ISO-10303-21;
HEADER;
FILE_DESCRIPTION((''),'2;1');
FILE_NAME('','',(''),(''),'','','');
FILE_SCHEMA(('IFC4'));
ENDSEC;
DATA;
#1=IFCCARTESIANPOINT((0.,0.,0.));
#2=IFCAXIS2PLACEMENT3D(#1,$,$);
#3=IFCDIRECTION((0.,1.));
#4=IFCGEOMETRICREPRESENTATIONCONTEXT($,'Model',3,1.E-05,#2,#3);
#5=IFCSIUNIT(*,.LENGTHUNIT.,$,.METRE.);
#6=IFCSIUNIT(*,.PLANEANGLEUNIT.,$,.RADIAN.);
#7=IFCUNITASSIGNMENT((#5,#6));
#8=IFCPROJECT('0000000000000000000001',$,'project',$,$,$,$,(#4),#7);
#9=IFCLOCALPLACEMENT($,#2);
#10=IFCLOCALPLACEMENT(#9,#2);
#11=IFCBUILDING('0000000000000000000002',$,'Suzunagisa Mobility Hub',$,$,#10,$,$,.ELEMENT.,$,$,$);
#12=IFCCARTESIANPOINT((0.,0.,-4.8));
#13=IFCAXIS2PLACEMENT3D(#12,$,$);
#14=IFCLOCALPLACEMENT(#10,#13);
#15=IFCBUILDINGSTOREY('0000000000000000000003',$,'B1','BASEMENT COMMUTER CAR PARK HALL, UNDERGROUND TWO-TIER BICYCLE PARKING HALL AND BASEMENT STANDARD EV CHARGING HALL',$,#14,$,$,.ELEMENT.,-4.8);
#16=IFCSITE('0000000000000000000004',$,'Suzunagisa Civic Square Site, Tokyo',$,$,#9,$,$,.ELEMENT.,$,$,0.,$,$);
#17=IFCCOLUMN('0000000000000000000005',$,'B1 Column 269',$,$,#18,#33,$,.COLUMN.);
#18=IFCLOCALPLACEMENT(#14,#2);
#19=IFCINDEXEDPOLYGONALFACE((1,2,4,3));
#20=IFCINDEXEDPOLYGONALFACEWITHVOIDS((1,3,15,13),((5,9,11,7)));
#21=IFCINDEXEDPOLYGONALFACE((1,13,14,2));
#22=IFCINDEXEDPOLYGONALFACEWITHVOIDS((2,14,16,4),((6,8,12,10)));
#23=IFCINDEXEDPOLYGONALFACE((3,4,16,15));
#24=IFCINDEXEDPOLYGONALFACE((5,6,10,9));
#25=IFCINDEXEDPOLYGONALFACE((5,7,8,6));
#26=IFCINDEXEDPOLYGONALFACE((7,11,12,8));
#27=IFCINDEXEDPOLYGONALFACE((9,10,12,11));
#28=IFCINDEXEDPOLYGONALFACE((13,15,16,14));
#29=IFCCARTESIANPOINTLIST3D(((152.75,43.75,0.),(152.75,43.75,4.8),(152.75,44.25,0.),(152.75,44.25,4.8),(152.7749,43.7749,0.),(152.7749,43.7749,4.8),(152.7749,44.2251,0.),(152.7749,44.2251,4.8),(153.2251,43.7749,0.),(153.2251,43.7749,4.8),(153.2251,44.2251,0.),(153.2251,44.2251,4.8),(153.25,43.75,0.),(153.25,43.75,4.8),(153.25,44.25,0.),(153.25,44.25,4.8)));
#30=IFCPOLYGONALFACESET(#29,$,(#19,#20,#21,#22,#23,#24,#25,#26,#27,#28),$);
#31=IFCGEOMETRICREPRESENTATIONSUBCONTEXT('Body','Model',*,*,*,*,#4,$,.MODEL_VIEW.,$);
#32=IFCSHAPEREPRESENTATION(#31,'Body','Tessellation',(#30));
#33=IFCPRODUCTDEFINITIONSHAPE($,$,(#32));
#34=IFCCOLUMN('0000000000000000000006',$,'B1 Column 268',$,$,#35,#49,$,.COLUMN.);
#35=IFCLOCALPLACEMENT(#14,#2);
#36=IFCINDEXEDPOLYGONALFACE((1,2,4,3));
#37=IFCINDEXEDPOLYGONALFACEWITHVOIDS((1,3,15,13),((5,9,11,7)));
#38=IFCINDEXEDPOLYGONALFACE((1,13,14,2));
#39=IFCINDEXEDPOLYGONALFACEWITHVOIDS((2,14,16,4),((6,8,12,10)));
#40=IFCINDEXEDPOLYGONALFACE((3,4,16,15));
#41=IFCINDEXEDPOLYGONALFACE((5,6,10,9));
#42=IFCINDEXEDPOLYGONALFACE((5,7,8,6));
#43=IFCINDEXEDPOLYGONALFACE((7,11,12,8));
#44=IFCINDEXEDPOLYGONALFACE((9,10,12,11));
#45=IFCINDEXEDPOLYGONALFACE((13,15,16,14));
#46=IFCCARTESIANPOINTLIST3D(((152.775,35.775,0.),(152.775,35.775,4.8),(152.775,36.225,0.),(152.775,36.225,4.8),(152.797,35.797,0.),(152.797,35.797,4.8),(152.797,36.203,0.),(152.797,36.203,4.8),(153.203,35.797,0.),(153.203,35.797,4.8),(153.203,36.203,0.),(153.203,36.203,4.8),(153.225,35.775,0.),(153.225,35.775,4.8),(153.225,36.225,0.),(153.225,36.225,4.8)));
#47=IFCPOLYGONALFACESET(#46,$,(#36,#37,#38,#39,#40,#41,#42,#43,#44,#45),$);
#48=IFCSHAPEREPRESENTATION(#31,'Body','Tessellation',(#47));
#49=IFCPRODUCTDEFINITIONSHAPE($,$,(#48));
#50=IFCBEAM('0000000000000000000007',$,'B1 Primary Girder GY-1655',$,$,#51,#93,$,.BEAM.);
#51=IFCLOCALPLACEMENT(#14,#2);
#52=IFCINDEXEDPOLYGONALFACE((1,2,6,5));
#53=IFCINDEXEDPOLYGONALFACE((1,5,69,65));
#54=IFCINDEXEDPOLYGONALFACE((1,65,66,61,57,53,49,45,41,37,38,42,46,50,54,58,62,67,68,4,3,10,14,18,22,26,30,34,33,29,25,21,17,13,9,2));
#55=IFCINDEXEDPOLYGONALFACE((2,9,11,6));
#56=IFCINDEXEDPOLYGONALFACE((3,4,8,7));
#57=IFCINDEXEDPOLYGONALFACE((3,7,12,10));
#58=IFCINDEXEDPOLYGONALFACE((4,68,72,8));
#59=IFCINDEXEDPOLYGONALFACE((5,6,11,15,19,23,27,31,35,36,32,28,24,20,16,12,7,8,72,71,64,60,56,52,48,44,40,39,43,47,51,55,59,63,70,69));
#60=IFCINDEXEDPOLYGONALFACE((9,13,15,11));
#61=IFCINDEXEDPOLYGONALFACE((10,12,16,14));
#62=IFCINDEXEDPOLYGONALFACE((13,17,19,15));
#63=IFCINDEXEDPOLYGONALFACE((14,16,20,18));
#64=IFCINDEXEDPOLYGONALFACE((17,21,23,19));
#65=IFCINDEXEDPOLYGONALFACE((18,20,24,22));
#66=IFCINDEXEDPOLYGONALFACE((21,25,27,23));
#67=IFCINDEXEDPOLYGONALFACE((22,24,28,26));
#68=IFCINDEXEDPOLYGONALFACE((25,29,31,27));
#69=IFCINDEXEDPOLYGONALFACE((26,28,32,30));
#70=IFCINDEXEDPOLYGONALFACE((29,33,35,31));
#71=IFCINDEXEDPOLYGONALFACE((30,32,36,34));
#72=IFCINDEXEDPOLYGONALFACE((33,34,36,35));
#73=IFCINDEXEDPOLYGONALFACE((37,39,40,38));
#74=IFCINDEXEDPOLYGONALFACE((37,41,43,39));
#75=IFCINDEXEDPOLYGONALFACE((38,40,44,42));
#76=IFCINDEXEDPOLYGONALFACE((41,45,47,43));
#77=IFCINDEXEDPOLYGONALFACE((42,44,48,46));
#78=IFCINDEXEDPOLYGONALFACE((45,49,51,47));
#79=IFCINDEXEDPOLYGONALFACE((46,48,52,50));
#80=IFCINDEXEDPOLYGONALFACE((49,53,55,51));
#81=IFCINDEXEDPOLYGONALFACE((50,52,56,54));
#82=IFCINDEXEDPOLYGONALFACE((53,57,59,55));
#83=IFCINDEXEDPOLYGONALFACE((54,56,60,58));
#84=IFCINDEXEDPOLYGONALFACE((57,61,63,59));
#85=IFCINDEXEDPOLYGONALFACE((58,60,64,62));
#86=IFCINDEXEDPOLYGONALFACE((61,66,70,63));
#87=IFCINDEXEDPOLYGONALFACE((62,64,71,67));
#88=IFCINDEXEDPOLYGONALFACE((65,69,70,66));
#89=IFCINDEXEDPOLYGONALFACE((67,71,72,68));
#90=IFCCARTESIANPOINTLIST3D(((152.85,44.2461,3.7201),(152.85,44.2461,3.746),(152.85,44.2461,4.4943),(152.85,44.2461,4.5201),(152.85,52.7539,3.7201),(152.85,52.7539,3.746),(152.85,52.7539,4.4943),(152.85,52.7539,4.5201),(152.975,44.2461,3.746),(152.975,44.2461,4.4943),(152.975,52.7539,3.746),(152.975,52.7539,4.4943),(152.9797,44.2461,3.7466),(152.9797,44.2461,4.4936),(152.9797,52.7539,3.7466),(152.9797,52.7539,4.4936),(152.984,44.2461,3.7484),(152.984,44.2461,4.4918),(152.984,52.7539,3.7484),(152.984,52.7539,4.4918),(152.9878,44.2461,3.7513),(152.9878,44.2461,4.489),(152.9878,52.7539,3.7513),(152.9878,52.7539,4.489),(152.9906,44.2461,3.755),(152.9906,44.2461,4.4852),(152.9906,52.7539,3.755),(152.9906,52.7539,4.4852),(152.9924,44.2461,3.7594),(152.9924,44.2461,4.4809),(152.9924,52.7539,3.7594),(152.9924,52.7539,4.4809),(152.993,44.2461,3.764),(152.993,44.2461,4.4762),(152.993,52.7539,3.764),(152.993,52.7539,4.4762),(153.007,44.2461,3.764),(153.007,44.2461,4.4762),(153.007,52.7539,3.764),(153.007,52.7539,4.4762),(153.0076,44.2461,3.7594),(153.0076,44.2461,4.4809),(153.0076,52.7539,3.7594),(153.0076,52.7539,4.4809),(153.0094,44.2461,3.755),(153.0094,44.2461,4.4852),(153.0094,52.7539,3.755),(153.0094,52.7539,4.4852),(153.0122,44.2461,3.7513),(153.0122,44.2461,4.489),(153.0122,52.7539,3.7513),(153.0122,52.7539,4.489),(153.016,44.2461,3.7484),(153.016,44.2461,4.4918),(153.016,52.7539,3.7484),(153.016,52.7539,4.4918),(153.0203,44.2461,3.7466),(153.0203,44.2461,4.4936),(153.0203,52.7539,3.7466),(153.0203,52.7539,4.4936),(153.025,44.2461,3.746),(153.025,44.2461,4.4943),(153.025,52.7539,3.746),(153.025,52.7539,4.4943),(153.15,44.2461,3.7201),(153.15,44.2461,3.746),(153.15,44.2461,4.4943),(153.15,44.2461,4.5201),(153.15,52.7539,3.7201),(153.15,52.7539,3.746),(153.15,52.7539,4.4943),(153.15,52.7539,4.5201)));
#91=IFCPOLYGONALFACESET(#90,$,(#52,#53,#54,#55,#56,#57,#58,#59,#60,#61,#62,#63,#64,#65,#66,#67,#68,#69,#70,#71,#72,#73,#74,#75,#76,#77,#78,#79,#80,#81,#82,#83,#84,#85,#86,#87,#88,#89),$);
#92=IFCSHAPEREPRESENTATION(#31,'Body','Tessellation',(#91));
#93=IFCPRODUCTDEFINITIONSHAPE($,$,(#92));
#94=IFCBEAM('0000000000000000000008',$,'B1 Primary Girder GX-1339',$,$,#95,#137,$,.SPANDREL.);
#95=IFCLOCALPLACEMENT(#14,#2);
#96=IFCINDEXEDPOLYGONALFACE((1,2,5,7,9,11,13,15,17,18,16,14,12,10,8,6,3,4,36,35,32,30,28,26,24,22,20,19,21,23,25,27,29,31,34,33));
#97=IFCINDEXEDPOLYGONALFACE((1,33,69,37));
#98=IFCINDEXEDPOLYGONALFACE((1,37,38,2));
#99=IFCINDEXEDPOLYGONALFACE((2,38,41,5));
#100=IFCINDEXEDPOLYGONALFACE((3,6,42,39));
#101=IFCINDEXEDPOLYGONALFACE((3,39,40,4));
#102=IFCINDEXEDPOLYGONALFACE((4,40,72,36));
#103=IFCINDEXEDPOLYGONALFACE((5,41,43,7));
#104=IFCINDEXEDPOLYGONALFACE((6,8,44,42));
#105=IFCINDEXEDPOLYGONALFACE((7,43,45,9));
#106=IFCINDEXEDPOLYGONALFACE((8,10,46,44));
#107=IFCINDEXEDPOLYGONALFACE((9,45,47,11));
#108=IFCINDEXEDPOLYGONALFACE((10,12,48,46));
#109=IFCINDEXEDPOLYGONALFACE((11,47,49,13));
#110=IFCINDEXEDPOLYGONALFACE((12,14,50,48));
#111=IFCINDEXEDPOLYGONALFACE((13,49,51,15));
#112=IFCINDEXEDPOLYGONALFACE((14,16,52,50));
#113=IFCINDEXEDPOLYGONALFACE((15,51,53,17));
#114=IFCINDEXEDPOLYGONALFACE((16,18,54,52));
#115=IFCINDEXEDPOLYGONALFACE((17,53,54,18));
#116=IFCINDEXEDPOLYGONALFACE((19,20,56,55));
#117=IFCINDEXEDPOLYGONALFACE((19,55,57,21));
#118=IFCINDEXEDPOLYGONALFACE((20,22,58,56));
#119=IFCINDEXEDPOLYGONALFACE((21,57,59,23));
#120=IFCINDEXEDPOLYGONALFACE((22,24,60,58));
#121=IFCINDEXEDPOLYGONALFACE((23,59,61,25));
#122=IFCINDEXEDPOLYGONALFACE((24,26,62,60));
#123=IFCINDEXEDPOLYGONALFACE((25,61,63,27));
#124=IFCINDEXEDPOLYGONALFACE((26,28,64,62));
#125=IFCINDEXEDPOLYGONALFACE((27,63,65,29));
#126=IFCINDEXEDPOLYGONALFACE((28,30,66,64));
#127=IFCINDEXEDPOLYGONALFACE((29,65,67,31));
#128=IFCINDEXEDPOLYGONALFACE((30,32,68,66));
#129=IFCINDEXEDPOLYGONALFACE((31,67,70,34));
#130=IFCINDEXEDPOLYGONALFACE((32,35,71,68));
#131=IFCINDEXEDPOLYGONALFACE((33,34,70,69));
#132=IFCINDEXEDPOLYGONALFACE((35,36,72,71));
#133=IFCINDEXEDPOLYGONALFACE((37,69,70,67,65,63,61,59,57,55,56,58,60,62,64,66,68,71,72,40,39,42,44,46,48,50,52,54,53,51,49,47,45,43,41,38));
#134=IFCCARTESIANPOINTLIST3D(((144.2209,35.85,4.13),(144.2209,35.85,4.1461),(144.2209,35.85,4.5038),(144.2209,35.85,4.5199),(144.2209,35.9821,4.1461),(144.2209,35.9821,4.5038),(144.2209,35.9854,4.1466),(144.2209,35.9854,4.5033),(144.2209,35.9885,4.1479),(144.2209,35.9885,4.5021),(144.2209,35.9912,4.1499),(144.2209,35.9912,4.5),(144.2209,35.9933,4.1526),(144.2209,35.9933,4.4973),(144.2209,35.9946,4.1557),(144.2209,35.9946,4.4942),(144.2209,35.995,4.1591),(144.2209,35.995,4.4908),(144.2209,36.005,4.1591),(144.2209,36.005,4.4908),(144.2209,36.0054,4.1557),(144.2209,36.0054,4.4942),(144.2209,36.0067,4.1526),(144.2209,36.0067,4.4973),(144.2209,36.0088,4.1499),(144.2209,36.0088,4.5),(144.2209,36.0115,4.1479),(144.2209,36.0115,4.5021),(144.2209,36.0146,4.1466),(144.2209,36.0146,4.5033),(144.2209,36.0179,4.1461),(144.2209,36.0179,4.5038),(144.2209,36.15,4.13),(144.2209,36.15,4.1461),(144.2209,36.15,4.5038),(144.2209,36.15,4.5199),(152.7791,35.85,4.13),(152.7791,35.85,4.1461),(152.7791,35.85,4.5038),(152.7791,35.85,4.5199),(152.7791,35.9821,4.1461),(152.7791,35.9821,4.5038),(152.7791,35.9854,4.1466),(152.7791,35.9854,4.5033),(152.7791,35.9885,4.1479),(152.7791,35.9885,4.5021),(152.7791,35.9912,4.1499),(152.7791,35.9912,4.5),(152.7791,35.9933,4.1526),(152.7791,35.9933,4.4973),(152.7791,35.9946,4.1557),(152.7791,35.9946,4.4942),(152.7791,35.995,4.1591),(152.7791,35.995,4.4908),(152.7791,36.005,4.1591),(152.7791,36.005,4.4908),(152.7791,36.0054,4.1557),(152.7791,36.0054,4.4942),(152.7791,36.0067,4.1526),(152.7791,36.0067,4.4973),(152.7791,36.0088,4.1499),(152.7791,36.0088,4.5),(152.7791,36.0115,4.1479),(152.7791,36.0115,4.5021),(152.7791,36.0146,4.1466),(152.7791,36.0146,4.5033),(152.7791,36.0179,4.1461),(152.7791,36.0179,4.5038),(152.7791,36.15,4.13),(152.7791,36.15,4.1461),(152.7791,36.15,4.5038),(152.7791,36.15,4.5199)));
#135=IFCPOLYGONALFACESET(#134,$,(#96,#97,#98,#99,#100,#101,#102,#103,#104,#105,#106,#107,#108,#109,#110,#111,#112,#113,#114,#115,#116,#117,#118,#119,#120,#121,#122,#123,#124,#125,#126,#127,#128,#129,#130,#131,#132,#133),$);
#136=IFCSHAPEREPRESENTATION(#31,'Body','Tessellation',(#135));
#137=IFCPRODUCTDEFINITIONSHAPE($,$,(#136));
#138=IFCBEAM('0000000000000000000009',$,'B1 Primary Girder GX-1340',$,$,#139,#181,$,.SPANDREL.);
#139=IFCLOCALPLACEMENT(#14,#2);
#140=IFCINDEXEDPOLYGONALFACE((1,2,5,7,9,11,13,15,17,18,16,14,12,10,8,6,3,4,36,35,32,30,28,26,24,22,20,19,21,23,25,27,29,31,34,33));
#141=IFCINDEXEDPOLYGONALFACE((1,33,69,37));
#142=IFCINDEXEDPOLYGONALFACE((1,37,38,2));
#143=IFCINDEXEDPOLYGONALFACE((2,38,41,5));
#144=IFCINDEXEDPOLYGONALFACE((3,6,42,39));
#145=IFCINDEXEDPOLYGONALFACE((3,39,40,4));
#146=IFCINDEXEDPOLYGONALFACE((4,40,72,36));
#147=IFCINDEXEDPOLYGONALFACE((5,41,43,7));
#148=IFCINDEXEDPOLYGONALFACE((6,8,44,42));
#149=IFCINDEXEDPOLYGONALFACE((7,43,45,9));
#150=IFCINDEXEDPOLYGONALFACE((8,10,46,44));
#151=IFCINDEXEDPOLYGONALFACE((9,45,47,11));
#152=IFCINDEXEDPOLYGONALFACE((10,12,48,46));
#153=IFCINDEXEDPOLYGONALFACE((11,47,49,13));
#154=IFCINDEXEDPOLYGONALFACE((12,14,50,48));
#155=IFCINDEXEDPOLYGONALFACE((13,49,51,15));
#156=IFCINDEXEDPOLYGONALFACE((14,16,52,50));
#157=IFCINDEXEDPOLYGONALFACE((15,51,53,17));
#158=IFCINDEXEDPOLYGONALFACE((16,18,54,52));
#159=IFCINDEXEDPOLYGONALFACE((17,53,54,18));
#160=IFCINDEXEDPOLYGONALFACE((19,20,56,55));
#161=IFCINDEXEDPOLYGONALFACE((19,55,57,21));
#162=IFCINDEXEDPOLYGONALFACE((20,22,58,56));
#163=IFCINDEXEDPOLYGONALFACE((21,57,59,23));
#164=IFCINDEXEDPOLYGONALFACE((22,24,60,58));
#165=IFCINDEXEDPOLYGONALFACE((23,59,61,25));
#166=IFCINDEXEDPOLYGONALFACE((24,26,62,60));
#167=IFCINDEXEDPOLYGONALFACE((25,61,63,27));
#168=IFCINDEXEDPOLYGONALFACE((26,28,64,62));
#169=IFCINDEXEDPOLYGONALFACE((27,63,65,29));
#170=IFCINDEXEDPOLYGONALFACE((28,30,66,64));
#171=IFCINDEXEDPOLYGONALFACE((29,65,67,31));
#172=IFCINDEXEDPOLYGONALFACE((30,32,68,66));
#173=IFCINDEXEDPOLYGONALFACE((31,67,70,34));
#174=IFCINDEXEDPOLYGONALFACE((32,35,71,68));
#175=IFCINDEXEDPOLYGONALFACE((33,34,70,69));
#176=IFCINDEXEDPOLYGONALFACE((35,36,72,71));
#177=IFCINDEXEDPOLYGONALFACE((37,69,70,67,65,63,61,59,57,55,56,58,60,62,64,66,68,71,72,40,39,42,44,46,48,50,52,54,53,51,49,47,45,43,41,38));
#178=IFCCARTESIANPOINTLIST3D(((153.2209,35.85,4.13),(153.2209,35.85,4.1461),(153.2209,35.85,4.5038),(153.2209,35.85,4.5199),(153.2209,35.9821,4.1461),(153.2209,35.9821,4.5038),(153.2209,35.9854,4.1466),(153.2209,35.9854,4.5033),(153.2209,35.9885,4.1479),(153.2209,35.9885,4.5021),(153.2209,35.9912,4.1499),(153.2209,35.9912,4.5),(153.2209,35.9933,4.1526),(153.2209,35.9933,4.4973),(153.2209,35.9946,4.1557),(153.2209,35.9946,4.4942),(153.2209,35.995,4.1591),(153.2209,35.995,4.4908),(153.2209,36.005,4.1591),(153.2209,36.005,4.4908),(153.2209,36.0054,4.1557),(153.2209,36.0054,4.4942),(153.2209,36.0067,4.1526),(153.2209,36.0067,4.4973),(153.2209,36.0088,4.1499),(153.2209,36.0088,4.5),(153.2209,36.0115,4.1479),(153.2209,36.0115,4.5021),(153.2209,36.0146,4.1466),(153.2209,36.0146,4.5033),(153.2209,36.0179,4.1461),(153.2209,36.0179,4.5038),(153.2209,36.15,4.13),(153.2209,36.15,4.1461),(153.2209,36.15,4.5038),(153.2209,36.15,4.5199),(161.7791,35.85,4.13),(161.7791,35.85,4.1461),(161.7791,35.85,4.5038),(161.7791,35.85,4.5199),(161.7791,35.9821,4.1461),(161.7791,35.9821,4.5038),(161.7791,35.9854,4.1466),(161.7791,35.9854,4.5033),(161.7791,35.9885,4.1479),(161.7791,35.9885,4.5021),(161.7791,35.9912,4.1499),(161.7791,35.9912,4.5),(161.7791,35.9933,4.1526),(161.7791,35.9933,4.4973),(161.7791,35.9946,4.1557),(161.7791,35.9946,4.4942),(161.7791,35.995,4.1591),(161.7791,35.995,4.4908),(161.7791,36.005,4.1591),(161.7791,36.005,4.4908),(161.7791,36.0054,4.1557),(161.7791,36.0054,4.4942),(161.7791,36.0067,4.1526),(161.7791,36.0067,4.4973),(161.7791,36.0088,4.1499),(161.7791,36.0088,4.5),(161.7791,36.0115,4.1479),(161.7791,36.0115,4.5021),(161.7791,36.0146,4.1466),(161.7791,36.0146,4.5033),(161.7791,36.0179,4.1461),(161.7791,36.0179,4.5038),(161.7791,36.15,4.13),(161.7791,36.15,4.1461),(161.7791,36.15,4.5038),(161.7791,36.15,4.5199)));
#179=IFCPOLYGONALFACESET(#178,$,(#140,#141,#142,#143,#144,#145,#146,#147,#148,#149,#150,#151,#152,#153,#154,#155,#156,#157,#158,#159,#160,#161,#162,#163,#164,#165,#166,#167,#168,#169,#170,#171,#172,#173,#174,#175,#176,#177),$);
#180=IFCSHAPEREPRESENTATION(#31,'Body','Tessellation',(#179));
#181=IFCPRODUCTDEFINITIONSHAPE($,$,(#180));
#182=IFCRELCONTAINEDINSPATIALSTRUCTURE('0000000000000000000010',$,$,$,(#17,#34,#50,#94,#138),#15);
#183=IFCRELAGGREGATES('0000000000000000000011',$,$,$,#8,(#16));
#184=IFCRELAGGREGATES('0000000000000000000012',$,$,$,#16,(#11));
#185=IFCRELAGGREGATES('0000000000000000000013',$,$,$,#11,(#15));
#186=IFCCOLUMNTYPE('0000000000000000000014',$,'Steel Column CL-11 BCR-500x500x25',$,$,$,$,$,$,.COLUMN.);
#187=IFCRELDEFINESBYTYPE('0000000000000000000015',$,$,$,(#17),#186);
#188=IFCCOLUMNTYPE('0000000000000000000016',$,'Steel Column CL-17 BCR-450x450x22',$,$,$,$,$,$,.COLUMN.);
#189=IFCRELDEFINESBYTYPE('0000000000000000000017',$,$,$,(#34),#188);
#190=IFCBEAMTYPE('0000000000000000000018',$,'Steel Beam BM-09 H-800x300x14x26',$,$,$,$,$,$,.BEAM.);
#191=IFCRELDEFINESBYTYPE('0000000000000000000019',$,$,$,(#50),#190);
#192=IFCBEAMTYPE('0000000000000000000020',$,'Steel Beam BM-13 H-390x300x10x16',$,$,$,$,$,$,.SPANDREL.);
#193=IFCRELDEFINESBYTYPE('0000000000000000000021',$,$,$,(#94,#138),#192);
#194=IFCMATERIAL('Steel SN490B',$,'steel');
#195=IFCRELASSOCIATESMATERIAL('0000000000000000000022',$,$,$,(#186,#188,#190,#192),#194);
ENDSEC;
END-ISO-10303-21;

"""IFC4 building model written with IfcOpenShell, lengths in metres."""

from ifc_helpers import new_model, si_unit, direction, frame, origin, origin_2d, place, context, subcontext, project, spatial, hollow_rectangle, i_section, extrude, material, material_profile, profile_set, type_object, element, save


model = new_model("IFC4")

# Units and contexts
model_context = context("Model", 3, precision=1e-05, world=origin(), true_north=direction((0.0, 1.0)))
body_context = subcontext(model_context, "Body", "Model", "MODEL_VIEW")
ifc_project = project(units=[si_unit("LENGTHUNIT", "METRE"), si_unit("PLANEANGLEUNIT", "RADIAN")], contexts=[model_context])

# Site, building, storey
site_placement = place(None, origin())
site = spatial("IfcSite", under=ifc_project, at=site_placement, Name="Suzunagisa Civic Square Site, Tokyo", CompositionType="ELEMENT", RefElevation=0.0)
building_placement = place(site_placement, origin())
building = spatial("IfcBuilding", under=site, at=building_placement, Name="Suzunagisa Mobility Hub", CompositionType="ELEMENT")
storey_placement = place(building_placement, frame((0.0, 0.0, -4.8)))
storey = spatial("IfcBuildingStorey", under=building, at=storey_placement, Name="B1", Description="BASEMENT COMMUTER CAR PARK HALL, UNDERGROUND TWO-TIER BICYCLE PARKING HALL AND BASEMENT STANDARD EV CHARGING HALL", CompositionType="ELEMENT", Elevation=-4.8)

# Columns
ifc_material_1 = material(Name="Steel SN490B", Category="steel")
ifc_material_profile_1 = material_profile(ifc_material_1, hollow_rectangle(XDim=0.5, YDim=0.5, WallThickness=0.0249, at=origin_2d()), Name="BCR-500x500x25")
ifc_profile_set_1 = profile_set([ifc_material_profile_1], Name="Steel SN490B")
column_type_1 = type_object("IfcColumnType", Name="Steel Column CL-11 BCR-500x500x25", PredefinedType="COLUMN", material=ifc_profile_set_1)
column_1_placement = place(storey_placement, frame((153.0, 44.0, 0.0), z_axis=(0.0, 0.0, 1.0), x_axis=(1.0, 0.0, 0.0)))
element("IfcColumn", 1, at=column_1_placement, inside=storey, type_object=column_type_1, Name="B1 Column 269", PredefinedType="COLUMN", context=body_context, shape_type="SweptSolid", body=[
    extrude(hollow_rectangle(XDim=0.5, YDim=0.5, WallThickness=0.0249, at=origin_2d()), origin(), (0.0, 0.0, 1.0), 4.8),
])
ifc_material_profile_2 = material_profile(ifc_material_1, hollow_rectangle(XDim=0.45, YDim=0.45, WallThickness=0.022, at=origin_2d()), Name="BCR-450x450x22")
ifc_profile_set_2 = profile_set([ifc_material_profile_2], Name="Steel SN490B")
column_type_2 = type_object("IfcColumnType", Name="Steel Column CL-17 BCR-450x450x22", PredefinedType="COLUMN", material=ifc_profile_set_2)
column_2_placement = place(storey_placement, frame((153.0, 36.0, 0.0), z_axis=(0.0, 0.0, 1.0), x_axis=(1.0, 0.0, 0.0)))
element("IfcColumn", 2, at=column_2_placement, inside=storey, type_object=column_type_2, Name="B1 Column 268", PredefinedType="COLUMN", context=body_context, shape_type="SweptSolid", body=[
    extrude(hollow_rectangle(XDim=0.45, YDim=0.45, WallThickness=0.022, at=origin_2d()), origin(), (0.0, 0.0, 1.0), 4.8),
])

# Beams
ifc_material_profile_3 = material_profile(ifc_material_1, i_section(OverallWidth=0.3, OverallDepth=0.8, WebThickness=0.0139, FlangeThickness=0.0259, FilletRadius=0.0181, at=origin_2d()), Name="H-800x300x14x26")
ifc_profile_set_3 = profile_set([ifc_material_profile_3], Name="Steel SN490B")
beam_type_1 = type_object("IfcBeamType", Name="Steel Beam BM-09 H-800x300x14x26", PredefinedType="BEAM", material=ifc_profile_set_3)
beam_placement = place(storey_placement, frame((153.0, 44.2461, 4.1201), z_axis=(0.0, 1.0, 0.0), x_axis=(-1.0, 0.0, 0.0)))
element("IfcBeam", 3, at=beam_placement, inside=storey, type_object=beam_type_1, Name="B1 Primary Girder GY-1655", PredefinedType="BEAM", context=body_context, shape_type="SweptSolid", body=[
    extrude(i_section(OverallWidth=0.3, OverallDepth=0.8, WebThickness=0.0139, FlangeThickness=0.0259, FilletRadius=0.0181, at=origin_2d()), origin(), (0.0, 0.0, 1.0), 8.5078),
])
ifc_material_profile_4 = material_profile(ifc_material_1, i_section(OverallWidth=0.3, OverallDepth=0.3899, WebThickness=0.01, FlangeThickness=0.0161, FilletRadius=0.0129, at=origin_2d()), Name="H-390x300x10x16")
ifc_profile_set_4 = profile_set([ifc_material_profile_4], Name="Steel SN490B")
beam_type_2 = type_object("IfcBeamType", Name="Steel Beam BM-13 H-390x300x10x16", PredefinedType="SPANDREL", material=ifc_profile_set_4)
for number, where, z_axis, x_axis, name in (
    (4, (144.2209, 36.0, 4.325), (1.0, 0.0, 0.0), (0.0, 1.0, 0.0), "B1 Primary Girder GX-1339"),
    (5, (153.2209, 36.0, 4.325), (1.0, 0.0, 0.0), (0.0, 1.0, 0.0), "B1 Primary Girder GX-1340"),
):
    element("IfcBeam", number, at=place(storey_placement, frame(where, z_axis=z_axis, x_axis=x_axis)), inside=storey, type_object=beam_type_2, Name=name, PredefinedType="SPANDREL", context=body_context, shape_type="SweptSolid", body=[
        extrude(i_section(OverallWidth=0.3, OverallDepth=0.3899, WebThickness=0.01, FlangeThickness=0.0161, FilletRadius=0.0129, at=origin_2d()), origin(), (0.0, 0.0, 1.0), 8.5581),
    ])

save(model, "model.ifc")
